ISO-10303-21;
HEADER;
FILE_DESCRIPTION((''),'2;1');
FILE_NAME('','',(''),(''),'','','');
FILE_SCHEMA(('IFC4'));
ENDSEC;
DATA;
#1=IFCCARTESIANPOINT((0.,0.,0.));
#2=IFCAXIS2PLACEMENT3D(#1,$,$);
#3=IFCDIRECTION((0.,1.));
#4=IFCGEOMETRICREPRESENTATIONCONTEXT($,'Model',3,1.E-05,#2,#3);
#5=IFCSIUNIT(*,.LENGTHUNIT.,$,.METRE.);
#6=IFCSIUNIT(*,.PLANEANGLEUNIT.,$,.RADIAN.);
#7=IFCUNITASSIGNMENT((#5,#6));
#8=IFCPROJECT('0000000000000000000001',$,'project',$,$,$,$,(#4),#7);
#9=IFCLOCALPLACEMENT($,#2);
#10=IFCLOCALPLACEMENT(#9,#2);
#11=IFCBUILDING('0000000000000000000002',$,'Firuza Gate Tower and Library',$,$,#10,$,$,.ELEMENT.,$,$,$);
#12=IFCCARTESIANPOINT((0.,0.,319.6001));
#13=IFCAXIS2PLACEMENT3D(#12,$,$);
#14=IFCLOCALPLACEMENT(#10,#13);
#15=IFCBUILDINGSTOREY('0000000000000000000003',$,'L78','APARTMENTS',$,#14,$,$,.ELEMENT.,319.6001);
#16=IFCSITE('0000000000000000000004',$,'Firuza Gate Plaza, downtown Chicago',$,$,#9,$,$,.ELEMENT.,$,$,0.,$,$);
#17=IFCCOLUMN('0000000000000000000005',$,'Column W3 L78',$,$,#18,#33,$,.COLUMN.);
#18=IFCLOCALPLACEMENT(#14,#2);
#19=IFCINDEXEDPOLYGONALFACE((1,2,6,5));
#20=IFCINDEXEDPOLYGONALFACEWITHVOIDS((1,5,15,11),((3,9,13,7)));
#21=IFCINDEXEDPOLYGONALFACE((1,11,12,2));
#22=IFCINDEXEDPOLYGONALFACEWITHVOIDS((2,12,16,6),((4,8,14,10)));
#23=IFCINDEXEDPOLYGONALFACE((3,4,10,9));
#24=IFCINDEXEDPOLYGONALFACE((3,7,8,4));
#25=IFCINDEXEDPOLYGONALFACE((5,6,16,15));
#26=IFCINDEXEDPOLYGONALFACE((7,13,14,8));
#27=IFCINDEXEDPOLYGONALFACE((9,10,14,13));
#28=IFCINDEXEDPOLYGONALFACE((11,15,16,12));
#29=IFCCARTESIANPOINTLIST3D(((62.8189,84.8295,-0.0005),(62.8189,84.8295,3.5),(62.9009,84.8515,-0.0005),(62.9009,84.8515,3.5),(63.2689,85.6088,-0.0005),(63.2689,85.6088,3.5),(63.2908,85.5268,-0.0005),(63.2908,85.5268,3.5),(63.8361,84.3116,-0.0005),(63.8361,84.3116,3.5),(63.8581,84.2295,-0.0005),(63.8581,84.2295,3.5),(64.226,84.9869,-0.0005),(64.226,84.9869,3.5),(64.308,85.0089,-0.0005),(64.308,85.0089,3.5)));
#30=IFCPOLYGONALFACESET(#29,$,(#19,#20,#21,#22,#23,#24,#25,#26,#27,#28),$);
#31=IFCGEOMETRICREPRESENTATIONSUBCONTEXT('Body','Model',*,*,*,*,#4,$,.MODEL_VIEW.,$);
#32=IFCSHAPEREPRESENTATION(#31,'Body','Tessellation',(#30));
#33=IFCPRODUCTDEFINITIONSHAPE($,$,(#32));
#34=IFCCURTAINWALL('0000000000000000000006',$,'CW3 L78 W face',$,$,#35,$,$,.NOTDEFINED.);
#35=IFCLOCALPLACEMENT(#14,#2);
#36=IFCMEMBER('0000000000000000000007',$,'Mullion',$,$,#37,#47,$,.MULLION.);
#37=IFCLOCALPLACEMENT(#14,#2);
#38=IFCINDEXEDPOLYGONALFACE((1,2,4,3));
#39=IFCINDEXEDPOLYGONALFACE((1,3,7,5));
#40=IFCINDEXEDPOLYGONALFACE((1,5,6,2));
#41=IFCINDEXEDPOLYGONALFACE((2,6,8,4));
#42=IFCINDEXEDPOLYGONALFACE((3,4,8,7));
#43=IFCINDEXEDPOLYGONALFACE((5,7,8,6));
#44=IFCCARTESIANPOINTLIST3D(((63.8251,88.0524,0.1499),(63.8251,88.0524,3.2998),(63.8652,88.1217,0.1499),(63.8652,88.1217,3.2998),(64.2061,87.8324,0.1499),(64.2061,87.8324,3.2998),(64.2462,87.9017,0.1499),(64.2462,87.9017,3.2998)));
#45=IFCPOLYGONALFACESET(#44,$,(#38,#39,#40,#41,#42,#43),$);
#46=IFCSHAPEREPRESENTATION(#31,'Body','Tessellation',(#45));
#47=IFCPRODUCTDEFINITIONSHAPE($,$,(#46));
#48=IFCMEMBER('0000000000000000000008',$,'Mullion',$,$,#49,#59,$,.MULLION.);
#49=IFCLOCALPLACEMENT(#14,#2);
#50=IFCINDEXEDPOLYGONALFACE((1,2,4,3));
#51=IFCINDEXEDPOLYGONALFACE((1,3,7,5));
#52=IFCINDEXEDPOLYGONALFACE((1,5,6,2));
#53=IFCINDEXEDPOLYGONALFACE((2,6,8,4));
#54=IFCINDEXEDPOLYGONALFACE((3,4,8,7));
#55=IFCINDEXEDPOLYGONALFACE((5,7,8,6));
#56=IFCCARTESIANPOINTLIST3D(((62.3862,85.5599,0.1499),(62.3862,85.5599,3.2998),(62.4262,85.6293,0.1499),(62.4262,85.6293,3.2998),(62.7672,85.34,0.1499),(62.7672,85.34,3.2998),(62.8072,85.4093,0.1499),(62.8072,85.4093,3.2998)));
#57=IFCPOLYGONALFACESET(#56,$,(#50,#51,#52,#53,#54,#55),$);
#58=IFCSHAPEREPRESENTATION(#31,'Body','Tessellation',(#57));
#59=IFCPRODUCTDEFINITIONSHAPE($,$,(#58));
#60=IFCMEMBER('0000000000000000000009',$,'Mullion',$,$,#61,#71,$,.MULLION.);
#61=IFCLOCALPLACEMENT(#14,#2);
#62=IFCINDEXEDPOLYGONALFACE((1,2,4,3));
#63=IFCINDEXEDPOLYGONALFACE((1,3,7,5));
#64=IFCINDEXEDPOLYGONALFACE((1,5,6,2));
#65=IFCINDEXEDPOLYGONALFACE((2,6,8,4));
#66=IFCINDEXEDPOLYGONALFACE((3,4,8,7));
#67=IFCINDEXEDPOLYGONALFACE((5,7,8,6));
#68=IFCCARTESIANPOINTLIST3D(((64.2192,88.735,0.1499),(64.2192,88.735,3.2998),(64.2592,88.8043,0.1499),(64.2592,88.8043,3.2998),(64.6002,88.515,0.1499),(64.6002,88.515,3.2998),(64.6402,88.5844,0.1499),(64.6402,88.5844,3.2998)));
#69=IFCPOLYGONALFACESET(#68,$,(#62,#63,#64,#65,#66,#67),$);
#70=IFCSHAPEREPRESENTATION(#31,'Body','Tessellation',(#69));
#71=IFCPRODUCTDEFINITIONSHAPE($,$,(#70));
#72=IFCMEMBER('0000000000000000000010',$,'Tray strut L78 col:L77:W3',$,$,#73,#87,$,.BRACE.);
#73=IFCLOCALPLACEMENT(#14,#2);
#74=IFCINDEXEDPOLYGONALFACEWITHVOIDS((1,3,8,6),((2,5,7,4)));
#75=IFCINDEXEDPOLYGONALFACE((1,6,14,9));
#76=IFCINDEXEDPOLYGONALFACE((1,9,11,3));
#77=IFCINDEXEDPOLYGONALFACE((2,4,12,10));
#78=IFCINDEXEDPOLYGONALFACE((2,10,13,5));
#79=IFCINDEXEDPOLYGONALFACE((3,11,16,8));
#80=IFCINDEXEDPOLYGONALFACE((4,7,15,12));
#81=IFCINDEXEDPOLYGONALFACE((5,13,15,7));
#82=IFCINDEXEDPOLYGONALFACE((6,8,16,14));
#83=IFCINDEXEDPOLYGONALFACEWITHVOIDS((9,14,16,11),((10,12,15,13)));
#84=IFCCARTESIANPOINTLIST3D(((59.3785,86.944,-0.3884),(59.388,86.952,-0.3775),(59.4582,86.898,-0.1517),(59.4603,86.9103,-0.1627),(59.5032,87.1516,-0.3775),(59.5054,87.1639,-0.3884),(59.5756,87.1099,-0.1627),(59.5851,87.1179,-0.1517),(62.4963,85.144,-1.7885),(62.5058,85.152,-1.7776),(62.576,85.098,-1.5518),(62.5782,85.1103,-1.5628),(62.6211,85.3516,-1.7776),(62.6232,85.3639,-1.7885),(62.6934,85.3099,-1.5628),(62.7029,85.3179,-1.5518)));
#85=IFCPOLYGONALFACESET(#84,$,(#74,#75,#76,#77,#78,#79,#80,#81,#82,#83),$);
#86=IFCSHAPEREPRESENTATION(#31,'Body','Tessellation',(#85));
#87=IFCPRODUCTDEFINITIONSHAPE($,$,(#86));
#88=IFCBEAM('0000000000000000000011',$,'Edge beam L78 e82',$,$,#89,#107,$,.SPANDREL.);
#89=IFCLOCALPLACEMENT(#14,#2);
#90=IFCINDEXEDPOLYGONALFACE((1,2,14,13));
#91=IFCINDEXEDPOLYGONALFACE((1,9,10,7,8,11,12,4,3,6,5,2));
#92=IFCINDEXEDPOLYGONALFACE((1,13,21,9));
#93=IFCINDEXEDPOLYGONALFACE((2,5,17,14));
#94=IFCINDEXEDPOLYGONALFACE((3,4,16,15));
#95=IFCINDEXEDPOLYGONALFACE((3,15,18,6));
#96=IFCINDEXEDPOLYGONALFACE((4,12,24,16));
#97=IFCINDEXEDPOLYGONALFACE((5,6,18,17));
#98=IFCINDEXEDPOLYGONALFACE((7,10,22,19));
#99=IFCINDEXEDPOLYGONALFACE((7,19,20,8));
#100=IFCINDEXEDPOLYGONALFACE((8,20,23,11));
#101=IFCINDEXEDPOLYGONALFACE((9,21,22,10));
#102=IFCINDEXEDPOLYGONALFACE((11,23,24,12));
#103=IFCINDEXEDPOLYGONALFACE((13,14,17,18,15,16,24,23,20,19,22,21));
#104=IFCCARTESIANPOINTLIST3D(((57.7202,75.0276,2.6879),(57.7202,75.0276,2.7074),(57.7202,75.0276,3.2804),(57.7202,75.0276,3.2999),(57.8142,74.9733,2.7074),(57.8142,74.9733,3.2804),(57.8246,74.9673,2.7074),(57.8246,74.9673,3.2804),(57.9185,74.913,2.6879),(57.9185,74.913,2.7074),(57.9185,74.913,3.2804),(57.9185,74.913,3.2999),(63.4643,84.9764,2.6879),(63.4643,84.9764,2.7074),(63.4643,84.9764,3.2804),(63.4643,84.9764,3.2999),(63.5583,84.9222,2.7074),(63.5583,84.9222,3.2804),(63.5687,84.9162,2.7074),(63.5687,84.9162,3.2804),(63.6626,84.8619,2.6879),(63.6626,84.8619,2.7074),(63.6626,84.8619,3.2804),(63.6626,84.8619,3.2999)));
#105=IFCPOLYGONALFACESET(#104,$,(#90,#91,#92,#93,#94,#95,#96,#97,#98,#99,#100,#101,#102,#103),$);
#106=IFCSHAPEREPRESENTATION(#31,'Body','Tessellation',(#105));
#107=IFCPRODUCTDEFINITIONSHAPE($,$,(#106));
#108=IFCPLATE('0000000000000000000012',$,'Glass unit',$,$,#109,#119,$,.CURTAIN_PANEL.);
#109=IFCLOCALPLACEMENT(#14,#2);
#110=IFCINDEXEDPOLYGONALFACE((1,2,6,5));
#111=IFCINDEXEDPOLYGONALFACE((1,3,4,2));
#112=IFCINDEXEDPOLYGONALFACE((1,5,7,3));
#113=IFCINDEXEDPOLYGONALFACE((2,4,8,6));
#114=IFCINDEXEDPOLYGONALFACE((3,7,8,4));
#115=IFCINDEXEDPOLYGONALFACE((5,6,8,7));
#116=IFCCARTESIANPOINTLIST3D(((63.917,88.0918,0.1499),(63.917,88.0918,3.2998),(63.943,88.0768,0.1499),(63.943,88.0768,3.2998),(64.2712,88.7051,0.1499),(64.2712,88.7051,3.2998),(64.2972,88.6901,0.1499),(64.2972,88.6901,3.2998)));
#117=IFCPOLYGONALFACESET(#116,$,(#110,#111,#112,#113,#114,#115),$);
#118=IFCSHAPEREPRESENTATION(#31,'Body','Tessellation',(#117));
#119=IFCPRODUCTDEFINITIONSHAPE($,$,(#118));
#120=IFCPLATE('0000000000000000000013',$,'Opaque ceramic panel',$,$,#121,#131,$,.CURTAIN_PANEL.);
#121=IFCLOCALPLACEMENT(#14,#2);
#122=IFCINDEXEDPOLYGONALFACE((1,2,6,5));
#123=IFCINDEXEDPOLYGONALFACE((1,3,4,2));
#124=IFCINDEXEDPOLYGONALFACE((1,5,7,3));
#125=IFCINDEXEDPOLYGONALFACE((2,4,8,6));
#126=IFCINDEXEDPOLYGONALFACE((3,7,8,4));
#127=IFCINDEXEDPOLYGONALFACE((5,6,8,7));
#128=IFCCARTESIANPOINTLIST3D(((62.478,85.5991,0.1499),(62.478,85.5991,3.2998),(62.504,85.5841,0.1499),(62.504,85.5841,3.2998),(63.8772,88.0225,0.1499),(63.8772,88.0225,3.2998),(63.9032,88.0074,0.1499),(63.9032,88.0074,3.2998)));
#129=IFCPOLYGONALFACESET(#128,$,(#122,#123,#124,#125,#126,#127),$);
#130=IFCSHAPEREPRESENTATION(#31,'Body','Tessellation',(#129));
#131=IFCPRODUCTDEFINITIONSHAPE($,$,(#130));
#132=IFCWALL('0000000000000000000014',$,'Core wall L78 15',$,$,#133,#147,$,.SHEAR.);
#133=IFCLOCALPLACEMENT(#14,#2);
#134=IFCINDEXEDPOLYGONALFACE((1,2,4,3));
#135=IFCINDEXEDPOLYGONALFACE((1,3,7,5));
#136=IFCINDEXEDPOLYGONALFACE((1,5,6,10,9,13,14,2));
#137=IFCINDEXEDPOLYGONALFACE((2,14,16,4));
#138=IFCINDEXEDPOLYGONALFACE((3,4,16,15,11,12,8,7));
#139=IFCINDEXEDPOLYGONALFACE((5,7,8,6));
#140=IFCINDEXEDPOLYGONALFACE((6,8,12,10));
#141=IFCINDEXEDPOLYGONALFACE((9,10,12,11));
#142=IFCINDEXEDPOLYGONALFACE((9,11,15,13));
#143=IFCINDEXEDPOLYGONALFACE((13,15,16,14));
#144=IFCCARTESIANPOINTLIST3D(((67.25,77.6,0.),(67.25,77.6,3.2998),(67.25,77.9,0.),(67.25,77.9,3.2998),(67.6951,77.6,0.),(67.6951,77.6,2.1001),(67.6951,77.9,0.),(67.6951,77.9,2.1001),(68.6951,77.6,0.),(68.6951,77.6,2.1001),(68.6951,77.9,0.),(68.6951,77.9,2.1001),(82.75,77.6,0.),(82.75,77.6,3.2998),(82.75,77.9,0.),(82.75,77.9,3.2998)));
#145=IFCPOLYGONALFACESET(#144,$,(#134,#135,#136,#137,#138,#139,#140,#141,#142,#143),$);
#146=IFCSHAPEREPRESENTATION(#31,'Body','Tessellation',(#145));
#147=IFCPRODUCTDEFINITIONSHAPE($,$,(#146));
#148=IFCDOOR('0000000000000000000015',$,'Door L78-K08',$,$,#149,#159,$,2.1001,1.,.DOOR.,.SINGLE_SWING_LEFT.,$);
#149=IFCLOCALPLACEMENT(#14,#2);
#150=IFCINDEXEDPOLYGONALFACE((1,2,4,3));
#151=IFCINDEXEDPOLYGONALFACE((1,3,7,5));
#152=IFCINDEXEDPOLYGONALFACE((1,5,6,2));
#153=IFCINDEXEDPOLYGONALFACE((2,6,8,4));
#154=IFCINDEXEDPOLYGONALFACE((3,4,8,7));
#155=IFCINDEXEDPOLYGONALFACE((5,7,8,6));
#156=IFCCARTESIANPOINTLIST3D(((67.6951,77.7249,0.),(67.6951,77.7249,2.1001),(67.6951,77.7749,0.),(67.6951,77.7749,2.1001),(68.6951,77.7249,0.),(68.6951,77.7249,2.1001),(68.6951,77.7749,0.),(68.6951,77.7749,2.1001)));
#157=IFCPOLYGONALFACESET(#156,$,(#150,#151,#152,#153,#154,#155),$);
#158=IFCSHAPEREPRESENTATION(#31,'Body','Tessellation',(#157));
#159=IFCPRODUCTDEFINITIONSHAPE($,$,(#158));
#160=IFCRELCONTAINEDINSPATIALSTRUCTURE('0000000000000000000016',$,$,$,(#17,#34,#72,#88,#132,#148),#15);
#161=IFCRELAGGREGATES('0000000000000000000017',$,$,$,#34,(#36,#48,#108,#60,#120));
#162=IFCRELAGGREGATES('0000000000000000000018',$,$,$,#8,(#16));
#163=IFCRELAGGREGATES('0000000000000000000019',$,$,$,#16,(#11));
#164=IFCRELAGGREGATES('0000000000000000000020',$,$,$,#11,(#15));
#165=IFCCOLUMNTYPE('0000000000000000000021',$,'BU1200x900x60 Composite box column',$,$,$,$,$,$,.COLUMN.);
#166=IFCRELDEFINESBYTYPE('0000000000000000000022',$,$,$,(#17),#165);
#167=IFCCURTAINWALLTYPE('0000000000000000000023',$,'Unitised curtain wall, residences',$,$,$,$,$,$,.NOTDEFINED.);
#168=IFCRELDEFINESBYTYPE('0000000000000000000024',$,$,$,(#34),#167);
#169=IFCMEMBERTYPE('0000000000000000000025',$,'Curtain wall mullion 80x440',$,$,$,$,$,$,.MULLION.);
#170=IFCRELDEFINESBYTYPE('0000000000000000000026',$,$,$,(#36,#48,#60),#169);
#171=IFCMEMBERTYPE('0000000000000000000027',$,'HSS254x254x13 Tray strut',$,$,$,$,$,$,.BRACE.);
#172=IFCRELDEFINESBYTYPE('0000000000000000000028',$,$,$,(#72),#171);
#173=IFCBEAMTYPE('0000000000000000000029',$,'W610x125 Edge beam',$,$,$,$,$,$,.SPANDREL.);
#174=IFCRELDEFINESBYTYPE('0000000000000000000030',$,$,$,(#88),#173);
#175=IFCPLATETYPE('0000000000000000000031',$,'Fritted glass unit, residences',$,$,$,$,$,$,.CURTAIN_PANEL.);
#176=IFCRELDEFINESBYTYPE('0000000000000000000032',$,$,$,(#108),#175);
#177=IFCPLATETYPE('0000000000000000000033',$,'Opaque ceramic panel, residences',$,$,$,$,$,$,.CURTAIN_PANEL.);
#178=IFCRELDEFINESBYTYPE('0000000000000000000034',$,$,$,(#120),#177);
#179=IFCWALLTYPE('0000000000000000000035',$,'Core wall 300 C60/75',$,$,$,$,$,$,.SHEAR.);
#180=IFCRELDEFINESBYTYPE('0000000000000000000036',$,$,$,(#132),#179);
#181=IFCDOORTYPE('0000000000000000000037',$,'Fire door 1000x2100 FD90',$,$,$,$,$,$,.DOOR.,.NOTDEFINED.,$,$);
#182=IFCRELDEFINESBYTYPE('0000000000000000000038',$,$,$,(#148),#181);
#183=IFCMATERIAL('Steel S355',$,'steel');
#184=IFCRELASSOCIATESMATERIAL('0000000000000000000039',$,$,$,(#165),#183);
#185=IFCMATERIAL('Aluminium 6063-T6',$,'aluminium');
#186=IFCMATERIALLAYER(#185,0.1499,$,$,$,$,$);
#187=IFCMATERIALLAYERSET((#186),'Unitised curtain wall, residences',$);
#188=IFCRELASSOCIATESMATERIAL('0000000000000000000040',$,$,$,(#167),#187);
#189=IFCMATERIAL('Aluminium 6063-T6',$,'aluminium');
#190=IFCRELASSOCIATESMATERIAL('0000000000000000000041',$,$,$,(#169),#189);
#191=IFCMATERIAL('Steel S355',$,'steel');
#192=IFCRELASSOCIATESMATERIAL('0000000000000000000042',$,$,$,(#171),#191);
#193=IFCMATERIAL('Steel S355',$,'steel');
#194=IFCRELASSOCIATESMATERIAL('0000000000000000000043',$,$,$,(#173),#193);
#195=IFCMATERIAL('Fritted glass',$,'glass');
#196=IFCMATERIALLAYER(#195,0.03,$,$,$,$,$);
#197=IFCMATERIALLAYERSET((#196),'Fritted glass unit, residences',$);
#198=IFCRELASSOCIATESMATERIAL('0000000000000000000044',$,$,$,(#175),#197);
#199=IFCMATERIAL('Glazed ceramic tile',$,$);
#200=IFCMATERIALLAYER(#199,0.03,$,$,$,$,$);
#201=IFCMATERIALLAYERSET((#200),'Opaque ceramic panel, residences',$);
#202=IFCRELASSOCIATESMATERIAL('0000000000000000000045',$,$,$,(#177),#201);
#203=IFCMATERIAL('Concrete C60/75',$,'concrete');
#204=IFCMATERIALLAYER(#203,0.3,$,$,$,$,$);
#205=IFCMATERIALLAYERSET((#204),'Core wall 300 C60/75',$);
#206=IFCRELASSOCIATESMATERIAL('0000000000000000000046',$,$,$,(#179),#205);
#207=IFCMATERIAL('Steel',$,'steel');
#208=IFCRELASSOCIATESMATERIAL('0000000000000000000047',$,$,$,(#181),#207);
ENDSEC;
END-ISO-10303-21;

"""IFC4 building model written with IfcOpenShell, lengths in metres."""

from ifc_helpers import new_model, si_unit, direction, frame, frame_2d, origin, origin_2d, place, context, subcontext, project, spatial, polyline, rectangle, hollow_rectangle, i_section, outline, extrude, material, layer, layer_set, material_profile, profile_set, type_object, element, fill, aggregate, save


model = new_model("IFC4")

# Units and contexts
model_context = context("Model", 3, precision=1e-05, world=origin(), true_north=direction((0.0, 1.0)))
body_context = subcontext(model_context, "Body", "Model", "MODEL_VIEW")
ifc_project = project(units=[si_unit("LENGTHUNIT", "METRE"), si_unit("PLANEANGLEUNIT", "RADIAN")], contexts=[model_context])

# Site, building, storey
site_placement = place(None, origin())
site = spatial("IfcSite", under=ifc_project, at=site_placement, Name="Firuza Gate Plaza, downtown Chicago", CompositionType="ELEMENT", RefElevation=0.0)
building_placement = place(site_placement, origin())
building = spatial("IfcBuilding", under=site, at=building_placement, Name="Firuza Gate Tower and Library", CompositionType="ELEMENT")
storey_placement = place(building_placement, frame((0.0, 0.0, 319.6001)))
storey = spatial("IfcBuildingStorey", under=building, at=storey_placement, Name="L78", Description="APARTMENTS", CompositionType="ELEMENT", Elevation=319.6001)

# Column
ifc_material_1 = material(Name="Steel S355", Category="steel")
ifc_material_profile_1 = material_profile(ifc_material_1, hollow_rectangle(XDim=0.8999, YDim=1.2, WallThickness=0.0601, at=origin_2d()))
ifc_profile_set_1 = profile_set([ifc_material_profile_1], Name="Steel S355")
column_type = type_object("IfcColumnType", Name="BU1200x900x60 Composite box column", PredefinedType="COLUMN", material=ifc_profile_set_1)
column_placement = place(storey_placement, frame((63.5635, 84.9192, -0.0005), z_axis=(0.0, 0.0, 1.0), x_axis=(-0.5, -0.866025, 0.0)))
element("IfcColumn", 1, at=column_placement, inside=storey, type_object=column_type, Name="Column W3 L78", PredefinedType="COLUMN", context=body_context, shape_type="SweptSolid", body=[
    extrude(hollow_rectangle(XDim=0.8999, YDim=1.2, WallThickness=0.0601, at=origin_2d()), origin(), (0.0, 0.0, 1.0), 3.5005),
])

# Curtain wall, members
ifc_material_2 = material(Name="Aluminium 6063-T6", Category="aluminium")
ifc_layer_1 = layer(ifc_material_2, 0.1499)
ifc_layer_set_1 = layer_set([ifc_layer_1], Name="Unitised curtain wall, residences")
curtain_wall_type = type_object("IfcCurtainWallType", Name="Unitised curtain wall, residences", PredefinedType="NOTDEFINED", material=ifc_layer_set_1)
curtain_wall_placement = place(storey_placement, origin())
curtain_wall = element("IfcCurtainWall", 2, at=curtain_wall_placement, inside=storey, type_object=curtain_wall_type, Name="CW3 L78 W face", PredefinedType="NOTDEFINED")
ifc_material_3 = material(Name="Aluminium 6063-T6", Category="aluminium")
ifc_material_profile_2 = material_profile(ifc_material_3, rectangle(XDim=0.4399, YDim=0.0801, at=origin_2d()))
ifc_profile_set_2 = profile_set([ifc_material_profile_2], Name="Aluminium 6063-T6")
member_type_1 = type_object("IfcMemberType", Name="Curtain wall mullion 80x440", PredefinedType="MULLION", material=ifc_profile_set_2)
member_1_placement = place(storey_placement, frame((64.0356, 87.9771, 0.1499), z_axis=(0.0, 0.0, 1.0), x_axis=(0.866025, -0.5, 0.0)))
member_1 = element("IfcMember", 3, at=member_1_placement, type_object=member_type_1, Name="Mullion", PredefinedType="MULLION", context=body_context, shape_type="SweptSolid", body=[
    extrude(rectangle(XDim=0.4399, YDim=0.0801, at=origin_2d()), origin(), (0.0, 0.0, 1.0), 3.1499),
])
member_2_placement = place(storey_placement, frame((62.5967, 85.4846, 0.1499), z_axis=(0.0, 0.0, 1.0), x_axis=(0.866025, -0.5, 0.0)))
member_2 = element("IfcMember", 4, at=member_2_placement, type_object=member_type_1, Name="Mullion", PredefinedType="MULLION", context=body_context, shape_type="SweptSolid", body=[
    extrude(rectangle(XDim=0.4399, YDim=0.0801, at=origin_2d()), origin(), (0.0, 0.0, 1.0), 3.1499),
])
member_3_placement = place(storey_placement, frame((64.4297, 88.6597, 0.1499), z_axis=(0.0, 0.0, 1.0), x_axis=(0.866025, -0.5, 0.0)))
member_3 = element("IfcMember", 5, at=member_3_placement, type_object=member_type_1, Name="Mullion", PredefinedType="MULLION", context=body_context, shape_type="SweptSolid", body=[
    extrude(rectangle(XDim=0.4399, YDim=0.0801, at=origin_2d()), origin(), (0.0, 0.0, 1.0), 3.1499),
])

# Member
ifc_material_4 = material(Name="Steel S355", Category="steel")
ifc_material_profile_3 = material_profile(ifc_material_4, hollow_rectangle(XDim=0.2539, YDim=0.2539, WallThickness=0.0117, at=origin_2d()))
ifc_profile_set_3 = profile_set([ifc_material_profile_3], Name="Steel S355")
member_type_2 = type_object("IfcMemberType", Name="HSS254x254x13 Tray strut", PredefinedType="BRACE", material=ifc_profile_set_3)
member_4_placement = place(storey_placement, frame((62.5996, 85.231, -1.6702), z_axis=(-0.807144, 0.465984, 0.36246), x_axis=(-0.499983, -0.866035, 0.0)))
element("IfcMember", 6, at=member_4_placement, inside=storey, type_object=member_type_2, Name="Tray strut L78 col:L77:W3", PredefinedType="BRACE", context=body_context, shape_type="SweptSolid", body=[
    extrude(hollow_rectangle(XDim=0.2539, YDim=0.2539, WallThickness=0.0117, at=origin_2d()), origin(), (0.0, 0.0, 1.0), 3.8628),
])

# Beam
ifc_material_5 = material(Name="Steel S355", Category="steel")
ifc_material_profile_4 = material_profile(ifc_material_5, i_section(OverallWidth=0.229, OverallDepth=0.6121, WebThickness=0.012, FlangeThickness=0.0195, at=origin_2d()))
ifc_profile_set_4 = profile_set([ifc_material_profile_4], Name="Steel S355")
beam_type = type_object("IfcBeamType", Name="W610x125 Edge beam", PredefinedType="SPANDREL", material=ifc_profile_set_4)
beam_placement = place(storey_placement, frame((63.5635, 84.9192, 2.9939), z_axis=(-0.500006, -0.866022, 0.0), x_axis=(0.866022, -0.500006, 0.0)))
element("IfcBeam", 7, at=beam_placement, inside=storey, type_object=beam_type, Name="Edge beam L78 e82", PredefinedType="SPANDREL", context=body_context, shape_type="SweptSolid", body=[
    extrude(i_section(OverallWidth=0.229, OverallDepth=0.6121, WebThickness=0.012, FlangeThickness=0.0195, at=origin_2d()), origin(), (0.0, 0.0, 1.0), 11.488),
])

# Plates
ifc_material_6 = material(Name="Fritted glass", Category="glass")
ifc_layer_2 = layer(ifc_material_6, 0.03)
ifc_layer_set_2 = layer_set([ifc_layer_2], Name="Fritted glass unit, residences")
plate_type_1 = type_object("IfcPlateType", Name="Fritted glass unit, residences", PredefinedType="CURTAIN_PANEL", material=ifc_layer_set_2)
plate_1_placement = place(storey_placement, frame((64.2712, 88.7051, 0.1499), z_axis=(-0.865921, 0.50018, 0.0), x_axis=(-0.50018, -0.865921, 0.0)))
plate_1 = element("IfcPlate", 8, at=plate_1_placement, type_object=plate_type_1, Name="Glass unit", PredefinedType="CURTAIN_PANEL", context=body_context, shape_type="SweptSolid", body=[
    extrude(outline(polyline([(0.0, 0.0), (0.7082, 0.0), (0.7082, 3.1499), (0.0, 3.1499), (0.0, 0.0)])), origin(), (0.0, 0.0, -1.0), 0.03),
])
ifc_material_7 = material(Name="Glazed ceramic tile")
ifc_layer_3 = layer(ifc_material_7, 0.03)
ifc_layer_set_3 = layer_set([ifc_layer_3], Name="Opaque ceramic panel, residences")
plate_type_2 = type_object("IfcPlateType", Name="Opaque ceramic panel, residences", PredefinedType="CURTAIN_PANEL", material=ifc_layer_set_3)
plate_2_placement = place(storey_placement, frame((63.8772, 88.0225, 0.1499), z_axis=(-0.866017, 0.500014, 0.0), x_axis=(-0.500014, -0.866017, 0.0)))
plate_2 = element("IfcPlate", 9, at=plate_2_placement, type_object=plate_type_2, Name="Opaque ceramic panel", PredefinedType="CURTAIN_PANEL", context=body_context, shape_type="SweptSolid", body=[
    extrude(outline(polyline([(0.0, 0.0), (2.7983, 0.0), (2.7983, 3.1499), (0.0, 3.1499), (0.0, 0.0)])), origin(), (0.0, 0.0, -1.0), 0.03),
])
aggregate(curtain_wall, [member_1, member_2, plate_1, member_3, plate_2])

# Wall, opening, door
ifc_material_8 = material(Name="Concrete C60/75", Category="concrete")
ifc_layer_4 = layer(ifc_material_8, 0.3)
ifc_layer_set_4 = layer_set([ifc_layer_4], Name="Core wall 300 C60/75")
wall_type_1 = type_object("IfcWallType", Name="Core wall 300 C60/75", PredefinedType="SHEAR", material=ifc_layer_set_4)
wall_1_placement = place(storey_placement, frame((67.25, 77.75, 0.0), z_axis=(0.0, 0.0, 1.0), x_axis=(1.0, 0.0, 0.0)))
wall_1 = element("IfcWall", 10, at=wall_1_placement, inside=storey, type_object=wall_type_1, Name="Core wall L78 15", PredefinedType="SHEAR", context=body_context, shape_type="SweptSolid", body=[
    extrude(rectangle(XDim=15.5, YDim=0.3, at=frame_2d((7.75, 0.0))), origin(), (0.0, 0.0, 1.0), 3.2998),
])
opening_1_placement = place(wall_1_placement, frame((0.4451, 0.0, 0.0)))
opening_1 = element("IfcOpeningElement", 11, at=opening_1_placement, cuts=wall_1, PredefinedType="OPENING", context=body_context, shape_type="SweptSolid", body=[
    extrude(rectangle(XDim=1.0, YDim=2.1001, at=frame_2d((0.5, 1.05))), frame((0.0, 0.1602, 0.0), z_axis=(0.0, -1.0, 0.0), x_axis=(1.0, 0.0, 0.0)), (0.0, 0.0, 1.0), 0.3201),
])
ifc_material_9 = material(Name="Steel", Category="steel")
door_type_1 = type_object("IfcDoorType", Name="Fire door 1000x2100 FD90", OperationType="NOTDEFINED", PredefinedType="DOOR", material=ifc_material_9)
door_1_placement = place(opening_1_placement, origin())
door_1 = element("IfcDoor", 12, at=door_1_placement, inside=storey, type_object=door_type_1, Name="Door L78-K08", OperationType="SINGLE_SWING_LEFT", OverallHeight=2.1001, OverallWidth=1.0, PredefinedType="DOOR", context=body_context, shape_type="SweptSolid", body=[
    extrude(rectangle(XDim=1.0, YDim=2.1001, at=frame_2d((0.5, 1.05))), frame((0.0, 0.0249, 0.0), z_axis=(0.0, -1.0, 0.0), x_axis=(1.0, 0.0, 0.0)), (0.0, 0.0, 1.0), 0.05),
])
fill(opening_1, door_1)

save(model, "model.ifc")
